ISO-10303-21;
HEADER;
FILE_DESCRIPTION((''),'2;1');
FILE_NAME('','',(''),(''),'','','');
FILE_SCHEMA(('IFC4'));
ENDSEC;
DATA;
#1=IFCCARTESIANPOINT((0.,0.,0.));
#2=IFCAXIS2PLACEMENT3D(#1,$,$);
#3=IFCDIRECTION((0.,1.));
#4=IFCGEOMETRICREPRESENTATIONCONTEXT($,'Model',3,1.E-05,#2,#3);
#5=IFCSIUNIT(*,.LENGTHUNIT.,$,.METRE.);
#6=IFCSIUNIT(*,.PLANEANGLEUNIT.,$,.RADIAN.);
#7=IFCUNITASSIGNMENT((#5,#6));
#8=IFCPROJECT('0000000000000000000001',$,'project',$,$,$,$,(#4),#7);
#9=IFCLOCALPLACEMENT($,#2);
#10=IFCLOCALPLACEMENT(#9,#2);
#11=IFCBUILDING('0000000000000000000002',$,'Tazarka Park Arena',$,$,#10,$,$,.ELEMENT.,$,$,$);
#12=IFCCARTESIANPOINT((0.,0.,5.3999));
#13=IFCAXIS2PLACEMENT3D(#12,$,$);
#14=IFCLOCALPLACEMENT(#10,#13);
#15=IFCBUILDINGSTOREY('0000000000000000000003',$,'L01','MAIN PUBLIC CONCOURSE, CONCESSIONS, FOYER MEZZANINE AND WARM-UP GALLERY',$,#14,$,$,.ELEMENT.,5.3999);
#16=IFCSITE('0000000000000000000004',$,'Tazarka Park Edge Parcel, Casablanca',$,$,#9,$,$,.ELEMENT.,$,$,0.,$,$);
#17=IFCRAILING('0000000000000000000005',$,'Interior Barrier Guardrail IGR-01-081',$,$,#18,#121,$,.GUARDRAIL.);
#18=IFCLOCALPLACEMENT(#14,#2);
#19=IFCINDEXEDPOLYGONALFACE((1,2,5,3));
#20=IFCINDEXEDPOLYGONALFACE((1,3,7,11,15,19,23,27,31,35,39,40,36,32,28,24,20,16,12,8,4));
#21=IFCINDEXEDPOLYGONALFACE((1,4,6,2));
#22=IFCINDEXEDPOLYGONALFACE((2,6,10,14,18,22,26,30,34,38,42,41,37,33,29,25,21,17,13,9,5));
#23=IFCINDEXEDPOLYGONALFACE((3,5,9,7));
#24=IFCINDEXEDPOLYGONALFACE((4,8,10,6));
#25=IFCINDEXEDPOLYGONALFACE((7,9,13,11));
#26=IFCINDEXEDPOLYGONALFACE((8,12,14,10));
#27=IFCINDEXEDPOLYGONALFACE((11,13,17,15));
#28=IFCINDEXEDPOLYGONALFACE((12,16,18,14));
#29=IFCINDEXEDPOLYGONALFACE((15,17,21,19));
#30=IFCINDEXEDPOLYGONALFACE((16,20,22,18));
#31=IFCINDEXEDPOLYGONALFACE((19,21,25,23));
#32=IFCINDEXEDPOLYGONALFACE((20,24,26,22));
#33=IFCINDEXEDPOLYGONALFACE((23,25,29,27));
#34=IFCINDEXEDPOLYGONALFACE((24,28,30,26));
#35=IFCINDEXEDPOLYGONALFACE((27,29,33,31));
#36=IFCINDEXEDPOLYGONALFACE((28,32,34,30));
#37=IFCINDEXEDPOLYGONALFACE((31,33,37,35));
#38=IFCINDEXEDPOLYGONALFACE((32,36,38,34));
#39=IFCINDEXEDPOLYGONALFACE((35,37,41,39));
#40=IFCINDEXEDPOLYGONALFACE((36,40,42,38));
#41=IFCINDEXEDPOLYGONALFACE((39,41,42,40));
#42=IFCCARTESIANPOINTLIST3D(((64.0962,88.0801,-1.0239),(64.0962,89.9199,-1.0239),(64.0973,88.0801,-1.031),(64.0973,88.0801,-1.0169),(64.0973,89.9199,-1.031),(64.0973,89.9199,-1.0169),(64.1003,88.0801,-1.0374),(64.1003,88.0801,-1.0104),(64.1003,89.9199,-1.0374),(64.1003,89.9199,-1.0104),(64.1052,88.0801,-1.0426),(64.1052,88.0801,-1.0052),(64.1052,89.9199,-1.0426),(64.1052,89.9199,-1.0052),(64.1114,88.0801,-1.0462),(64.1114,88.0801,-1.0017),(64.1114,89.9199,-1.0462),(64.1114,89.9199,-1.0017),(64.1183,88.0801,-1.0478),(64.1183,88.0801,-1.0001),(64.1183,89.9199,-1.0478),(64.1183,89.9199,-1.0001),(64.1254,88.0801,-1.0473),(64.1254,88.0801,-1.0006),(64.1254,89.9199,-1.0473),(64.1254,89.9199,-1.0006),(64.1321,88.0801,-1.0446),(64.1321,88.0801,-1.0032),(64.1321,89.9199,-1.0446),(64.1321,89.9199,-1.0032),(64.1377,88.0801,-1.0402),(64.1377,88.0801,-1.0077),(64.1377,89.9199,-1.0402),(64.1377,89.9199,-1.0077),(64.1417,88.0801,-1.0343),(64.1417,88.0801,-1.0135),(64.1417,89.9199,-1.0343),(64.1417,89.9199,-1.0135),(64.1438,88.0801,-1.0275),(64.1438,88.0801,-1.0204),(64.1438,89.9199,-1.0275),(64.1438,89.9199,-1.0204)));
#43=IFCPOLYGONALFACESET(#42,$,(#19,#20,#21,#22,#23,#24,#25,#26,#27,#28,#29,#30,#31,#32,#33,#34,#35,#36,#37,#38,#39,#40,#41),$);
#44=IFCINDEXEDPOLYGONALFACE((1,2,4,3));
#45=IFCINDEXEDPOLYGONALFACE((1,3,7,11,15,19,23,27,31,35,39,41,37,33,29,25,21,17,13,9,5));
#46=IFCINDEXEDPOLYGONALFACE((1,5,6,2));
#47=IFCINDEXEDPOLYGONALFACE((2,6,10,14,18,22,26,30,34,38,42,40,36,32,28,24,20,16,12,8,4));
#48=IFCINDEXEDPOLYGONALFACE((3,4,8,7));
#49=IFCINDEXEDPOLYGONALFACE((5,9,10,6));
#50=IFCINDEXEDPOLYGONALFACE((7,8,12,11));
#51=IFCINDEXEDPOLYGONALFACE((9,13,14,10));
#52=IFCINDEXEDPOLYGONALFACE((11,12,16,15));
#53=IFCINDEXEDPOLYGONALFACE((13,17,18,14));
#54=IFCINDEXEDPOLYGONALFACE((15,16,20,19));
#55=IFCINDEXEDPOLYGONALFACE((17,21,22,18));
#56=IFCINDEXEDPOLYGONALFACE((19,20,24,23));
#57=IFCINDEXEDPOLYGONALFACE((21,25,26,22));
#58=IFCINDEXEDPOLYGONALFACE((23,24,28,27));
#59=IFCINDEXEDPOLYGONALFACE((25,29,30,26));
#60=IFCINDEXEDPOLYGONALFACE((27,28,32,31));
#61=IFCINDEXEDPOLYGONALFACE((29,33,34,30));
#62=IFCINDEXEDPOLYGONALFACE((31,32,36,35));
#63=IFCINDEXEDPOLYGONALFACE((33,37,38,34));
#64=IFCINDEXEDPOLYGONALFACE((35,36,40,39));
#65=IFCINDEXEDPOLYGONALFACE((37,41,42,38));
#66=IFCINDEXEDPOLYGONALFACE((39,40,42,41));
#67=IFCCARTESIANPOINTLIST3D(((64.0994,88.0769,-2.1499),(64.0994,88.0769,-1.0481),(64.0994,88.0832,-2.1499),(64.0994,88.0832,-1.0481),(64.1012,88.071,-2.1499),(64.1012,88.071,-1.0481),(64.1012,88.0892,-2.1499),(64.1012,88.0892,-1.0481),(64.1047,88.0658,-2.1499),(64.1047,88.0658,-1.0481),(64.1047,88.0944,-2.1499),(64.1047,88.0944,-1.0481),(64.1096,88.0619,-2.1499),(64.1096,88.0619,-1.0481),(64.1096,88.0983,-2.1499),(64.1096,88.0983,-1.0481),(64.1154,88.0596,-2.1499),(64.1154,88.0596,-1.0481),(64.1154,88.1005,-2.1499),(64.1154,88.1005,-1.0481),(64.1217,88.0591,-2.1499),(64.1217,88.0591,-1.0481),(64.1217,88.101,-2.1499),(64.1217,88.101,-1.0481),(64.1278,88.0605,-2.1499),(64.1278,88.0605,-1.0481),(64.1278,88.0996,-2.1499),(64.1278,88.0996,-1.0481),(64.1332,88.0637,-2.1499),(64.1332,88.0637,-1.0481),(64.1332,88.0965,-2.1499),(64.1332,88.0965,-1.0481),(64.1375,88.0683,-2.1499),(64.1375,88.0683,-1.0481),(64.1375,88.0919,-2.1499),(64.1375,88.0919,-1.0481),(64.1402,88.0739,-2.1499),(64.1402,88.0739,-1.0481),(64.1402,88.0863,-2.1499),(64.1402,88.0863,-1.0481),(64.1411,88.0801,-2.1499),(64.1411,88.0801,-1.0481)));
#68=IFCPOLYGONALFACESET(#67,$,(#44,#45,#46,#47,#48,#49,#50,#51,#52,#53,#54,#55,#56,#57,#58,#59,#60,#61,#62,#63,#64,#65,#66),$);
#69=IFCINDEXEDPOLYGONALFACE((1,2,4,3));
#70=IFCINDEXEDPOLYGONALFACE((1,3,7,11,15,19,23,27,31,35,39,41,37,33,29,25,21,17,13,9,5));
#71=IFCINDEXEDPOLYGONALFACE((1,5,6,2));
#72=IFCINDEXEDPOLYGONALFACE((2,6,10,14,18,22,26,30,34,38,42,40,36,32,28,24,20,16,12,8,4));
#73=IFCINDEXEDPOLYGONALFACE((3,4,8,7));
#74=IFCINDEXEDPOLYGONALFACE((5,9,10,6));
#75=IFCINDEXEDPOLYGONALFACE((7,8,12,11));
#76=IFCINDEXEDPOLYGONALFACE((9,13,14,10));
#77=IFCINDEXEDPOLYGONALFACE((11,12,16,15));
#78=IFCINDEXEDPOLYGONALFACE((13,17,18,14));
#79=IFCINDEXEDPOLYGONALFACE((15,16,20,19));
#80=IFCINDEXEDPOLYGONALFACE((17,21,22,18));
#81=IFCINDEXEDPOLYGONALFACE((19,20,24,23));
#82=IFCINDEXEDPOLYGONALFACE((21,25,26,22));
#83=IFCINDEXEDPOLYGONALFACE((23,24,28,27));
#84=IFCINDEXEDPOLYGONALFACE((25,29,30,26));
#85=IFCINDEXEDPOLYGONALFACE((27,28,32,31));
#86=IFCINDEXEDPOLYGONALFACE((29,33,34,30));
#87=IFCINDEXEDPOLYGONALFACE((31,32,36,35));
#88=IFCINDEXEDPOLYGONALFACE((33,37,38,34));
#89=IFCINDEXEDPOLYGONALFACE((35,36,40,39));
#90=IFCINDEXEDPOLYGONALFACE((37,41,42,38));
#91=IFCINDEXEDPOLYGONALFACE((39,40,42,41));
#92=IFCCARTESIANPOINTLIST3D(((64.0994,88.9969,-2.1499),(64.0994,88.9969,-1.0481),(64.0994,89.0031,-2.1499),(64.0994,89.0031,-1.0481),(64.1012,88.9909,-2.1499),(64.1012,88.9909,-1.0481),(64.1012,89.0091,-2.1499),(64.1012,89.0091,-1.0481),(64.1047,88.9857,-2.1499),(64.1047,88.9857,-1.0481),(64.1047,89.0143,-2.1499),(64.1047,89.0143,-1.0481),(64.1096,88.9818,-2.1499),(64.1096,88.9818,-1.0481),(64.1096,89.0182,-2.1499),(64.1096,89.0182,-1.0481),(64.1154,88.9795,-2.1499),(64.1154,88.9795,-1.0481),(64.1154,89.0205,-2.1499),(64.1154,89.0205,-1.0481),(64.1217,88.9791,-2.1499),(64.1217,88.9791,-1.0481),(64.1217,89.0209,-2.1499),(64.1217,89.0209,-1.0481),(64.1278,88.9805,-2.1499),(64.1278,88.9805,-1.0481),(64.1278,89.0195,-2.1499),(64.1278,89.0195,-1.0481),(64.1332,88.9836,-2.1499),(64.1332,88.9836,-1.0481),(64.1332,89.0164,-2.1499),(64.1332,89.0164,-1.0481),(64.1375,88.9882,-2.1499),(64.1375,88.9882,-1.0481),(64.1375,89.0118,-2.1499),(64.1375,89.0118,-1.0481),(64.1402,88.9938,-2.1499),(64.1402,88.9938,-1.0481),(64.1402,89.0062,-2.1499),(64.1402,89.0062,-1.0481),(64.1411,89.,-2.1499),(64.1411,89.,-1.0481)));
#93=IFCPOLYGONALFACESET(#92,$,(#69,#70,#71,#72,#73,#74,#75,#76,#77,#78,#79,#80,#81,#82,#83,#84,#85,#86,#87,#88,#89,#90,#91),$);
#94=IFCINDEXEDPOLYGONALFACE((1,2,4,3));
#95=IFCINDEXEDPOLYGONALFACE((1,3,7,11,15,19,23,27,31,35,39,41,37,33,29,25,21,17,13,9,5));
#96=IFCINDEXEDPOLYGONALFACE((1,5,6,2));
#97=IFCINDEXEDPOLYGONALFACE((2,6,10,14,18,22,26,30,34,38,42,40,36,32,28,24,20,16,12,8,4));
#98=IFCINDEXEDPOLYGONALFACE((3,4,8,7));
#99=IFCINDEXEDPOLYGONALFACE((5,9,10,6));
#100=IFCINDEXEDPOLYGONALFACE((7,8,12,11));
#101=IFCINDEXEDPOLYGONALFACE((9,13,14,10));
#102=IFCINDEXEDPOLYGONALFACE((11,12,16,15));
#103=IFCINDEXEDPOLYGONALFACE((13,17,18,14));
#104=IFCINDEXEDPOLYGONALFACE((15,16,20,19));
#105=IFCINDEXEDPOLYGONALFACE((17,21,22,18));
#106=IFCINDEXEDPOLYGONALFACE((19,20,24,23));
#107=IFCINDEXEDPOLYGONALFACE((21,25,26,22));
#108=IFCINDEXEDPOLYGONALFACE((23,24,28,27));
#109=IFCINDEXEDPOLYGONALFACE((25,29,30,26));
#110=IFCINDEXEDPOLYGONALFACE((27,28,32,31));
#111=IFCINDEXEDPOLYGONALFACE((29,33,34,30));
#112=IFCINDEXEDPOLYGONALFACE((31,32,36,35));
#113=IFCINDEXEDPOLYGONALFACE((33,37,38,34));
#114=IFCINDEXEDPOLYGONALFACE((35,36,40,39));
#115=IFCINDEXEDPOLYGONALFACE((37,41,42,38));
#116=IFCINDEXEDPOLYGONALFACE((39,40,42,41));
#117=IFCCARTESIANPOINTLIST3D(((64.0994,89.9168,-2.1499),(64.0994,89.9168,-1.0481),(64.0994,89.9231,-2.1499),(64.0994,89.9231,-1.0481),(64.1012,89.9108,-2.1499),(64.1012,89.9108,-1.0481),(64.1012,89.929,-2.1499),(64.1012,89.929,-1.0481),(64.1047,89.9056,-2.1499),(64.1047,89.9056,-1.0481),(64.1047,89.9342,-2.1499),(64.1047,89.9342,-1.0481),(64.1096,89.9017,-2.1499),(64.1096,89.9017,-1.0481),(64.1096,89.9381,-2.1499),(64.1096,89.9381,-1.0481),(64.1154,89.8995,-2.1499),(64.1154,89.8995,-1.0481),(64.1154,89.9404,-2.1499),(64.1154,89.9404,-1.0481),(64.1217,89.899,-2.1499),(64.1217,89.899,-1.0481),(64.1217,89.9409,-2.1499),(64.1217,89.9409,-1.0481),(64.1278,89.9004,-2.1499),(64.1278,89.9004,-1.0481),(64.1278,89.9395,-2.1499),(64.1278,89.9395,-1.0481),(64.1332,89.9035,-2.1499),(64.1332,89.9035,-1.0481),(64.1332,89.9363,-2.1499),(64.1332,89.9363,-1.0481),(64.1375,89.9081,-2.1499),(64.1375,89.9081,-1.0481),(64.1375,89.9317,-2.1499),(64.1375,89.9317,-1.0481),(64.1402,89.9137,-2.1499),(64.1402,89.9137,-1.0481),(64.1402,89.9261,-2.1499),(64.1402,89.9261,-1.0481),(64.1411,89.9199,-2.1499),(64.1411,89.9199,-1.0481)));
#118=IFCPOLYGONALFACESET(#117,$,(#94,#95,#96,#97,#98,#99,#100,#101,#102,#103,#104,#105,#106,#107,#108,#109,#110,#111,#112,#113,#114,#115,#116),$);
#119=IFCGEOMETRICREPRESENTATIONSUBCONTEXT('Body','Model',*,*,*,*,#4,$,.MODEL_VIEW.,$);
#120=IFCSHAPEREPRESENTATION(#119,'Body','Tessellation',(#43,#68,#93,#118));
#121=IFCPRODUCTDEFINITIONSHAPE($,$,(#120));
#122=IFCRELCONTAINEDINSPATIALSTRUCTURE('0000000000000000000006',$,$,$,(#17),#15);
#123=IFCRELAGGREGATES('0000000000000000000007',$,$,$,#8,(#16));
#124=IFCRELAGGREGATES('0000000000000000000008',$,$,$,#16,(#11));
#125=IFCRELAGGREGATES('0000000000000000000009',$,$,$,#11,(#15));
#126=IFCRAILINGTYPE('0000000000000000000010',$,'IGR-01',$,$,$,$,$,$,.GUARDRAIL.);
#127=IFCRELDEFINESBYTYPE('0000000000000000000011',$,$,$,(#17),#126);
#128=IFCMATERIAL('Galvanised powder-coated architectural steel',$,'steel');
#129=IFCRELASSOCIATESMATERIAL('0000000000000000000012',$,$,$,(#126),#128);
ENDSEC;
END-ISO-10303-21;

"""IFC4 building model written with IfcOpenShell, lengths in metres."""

from ifc_helpers import new_model, si_unit, direction, frame, origin, origin_2d, place, context, subcontext, project, spatial, circle, extrude, material, type_object, element, save


model = new_model("IFC4")

# Units and contexts
model_context = context("Model", 3, precision=1e-05, world=origin(), true_north=direction((0.0, 1.0)))
body_context = subcontext(model_context, "Body", "Model", "MODEL_VIEW")
ifc_project = project(units=[si_unit("LENGTHUNIT", "METRE"), si_unit("PLANEANGLEUNIT", "RADIAN")], contexts=[model_context])

# Site, building, storey
site_placement = place(None, origin())
site = spatial("IfcSite", under=ifc_project, at=site_placement, Name="Tazarka Park Edge Parcel, Casablanca", CompositionType="ELEMENT", RefElevation=0.0)
building_placement = place(site_placement, origin())
building = spatial("IfcBuilding", under=site, at=building_placement, Name="Tazarka Park Arena", CompositionType="ELEMENT")
storey_placement = place(building_placement, frame((0.0, 0.0, 5.3999)))
storey = spatial("IfcBuildingStorey", under=building, at=storey_placement, Name="L01", Description="MAIN PUBLIC CONCOURSE, CONCESSIONS, FOYER MEZZANINE AND WARM-UP GALLERY", CompositionType="ELEMENT", Elevation=5.3999)

# Railing
ifc_material_1 = material(Name="Galvanised powder-coated architectural steel", Category="steel")
railing_type = type_object("IfcRailingType", Name="IGR-01", PredefinedType="GUARDRAIL", material=ifc_material_1)
for number, where, name in (
    (1, (64.1201, 88.0801, -2.1499), "Interior Barrier Guardrail IGR-01-081"),
):
    element("IfcRailing", number, at=place(storey_placement, frame(where)), inside=storey, type_object=railing_type, Name=name, PredefinedType="GUARDRAIL", context=body_context, shape_type="SweptSolid", body=[
        extrude(circle(Radius=0.0239, at=origin_2d()), frame((0.0, 0.0, 1.126), z_axis=(0.0, 1.0, 0.0), x_axis=(-1.0, 0.0, 0.0)), (0.0, 0.0, 1.0), 1.8398),
        extrude(circle(Radius=0.021, at=origin_2d()), origin(), (0.0, 0.0, 1.0), 1.1018),
        extrude(circle(Radius=0.021, at=origin_2d()), frame((0.0, 0.9199, 0.0)), (0.0, 0.0, 1.0), 1.1018),
        extrude(circle(Radius=0.021, at=origin_2d()), frame((0.0, 1.8398, 0.0)), (0.0, 0.0, 1.0), 1.1018),
    ])

save(model, "model.ifc")
